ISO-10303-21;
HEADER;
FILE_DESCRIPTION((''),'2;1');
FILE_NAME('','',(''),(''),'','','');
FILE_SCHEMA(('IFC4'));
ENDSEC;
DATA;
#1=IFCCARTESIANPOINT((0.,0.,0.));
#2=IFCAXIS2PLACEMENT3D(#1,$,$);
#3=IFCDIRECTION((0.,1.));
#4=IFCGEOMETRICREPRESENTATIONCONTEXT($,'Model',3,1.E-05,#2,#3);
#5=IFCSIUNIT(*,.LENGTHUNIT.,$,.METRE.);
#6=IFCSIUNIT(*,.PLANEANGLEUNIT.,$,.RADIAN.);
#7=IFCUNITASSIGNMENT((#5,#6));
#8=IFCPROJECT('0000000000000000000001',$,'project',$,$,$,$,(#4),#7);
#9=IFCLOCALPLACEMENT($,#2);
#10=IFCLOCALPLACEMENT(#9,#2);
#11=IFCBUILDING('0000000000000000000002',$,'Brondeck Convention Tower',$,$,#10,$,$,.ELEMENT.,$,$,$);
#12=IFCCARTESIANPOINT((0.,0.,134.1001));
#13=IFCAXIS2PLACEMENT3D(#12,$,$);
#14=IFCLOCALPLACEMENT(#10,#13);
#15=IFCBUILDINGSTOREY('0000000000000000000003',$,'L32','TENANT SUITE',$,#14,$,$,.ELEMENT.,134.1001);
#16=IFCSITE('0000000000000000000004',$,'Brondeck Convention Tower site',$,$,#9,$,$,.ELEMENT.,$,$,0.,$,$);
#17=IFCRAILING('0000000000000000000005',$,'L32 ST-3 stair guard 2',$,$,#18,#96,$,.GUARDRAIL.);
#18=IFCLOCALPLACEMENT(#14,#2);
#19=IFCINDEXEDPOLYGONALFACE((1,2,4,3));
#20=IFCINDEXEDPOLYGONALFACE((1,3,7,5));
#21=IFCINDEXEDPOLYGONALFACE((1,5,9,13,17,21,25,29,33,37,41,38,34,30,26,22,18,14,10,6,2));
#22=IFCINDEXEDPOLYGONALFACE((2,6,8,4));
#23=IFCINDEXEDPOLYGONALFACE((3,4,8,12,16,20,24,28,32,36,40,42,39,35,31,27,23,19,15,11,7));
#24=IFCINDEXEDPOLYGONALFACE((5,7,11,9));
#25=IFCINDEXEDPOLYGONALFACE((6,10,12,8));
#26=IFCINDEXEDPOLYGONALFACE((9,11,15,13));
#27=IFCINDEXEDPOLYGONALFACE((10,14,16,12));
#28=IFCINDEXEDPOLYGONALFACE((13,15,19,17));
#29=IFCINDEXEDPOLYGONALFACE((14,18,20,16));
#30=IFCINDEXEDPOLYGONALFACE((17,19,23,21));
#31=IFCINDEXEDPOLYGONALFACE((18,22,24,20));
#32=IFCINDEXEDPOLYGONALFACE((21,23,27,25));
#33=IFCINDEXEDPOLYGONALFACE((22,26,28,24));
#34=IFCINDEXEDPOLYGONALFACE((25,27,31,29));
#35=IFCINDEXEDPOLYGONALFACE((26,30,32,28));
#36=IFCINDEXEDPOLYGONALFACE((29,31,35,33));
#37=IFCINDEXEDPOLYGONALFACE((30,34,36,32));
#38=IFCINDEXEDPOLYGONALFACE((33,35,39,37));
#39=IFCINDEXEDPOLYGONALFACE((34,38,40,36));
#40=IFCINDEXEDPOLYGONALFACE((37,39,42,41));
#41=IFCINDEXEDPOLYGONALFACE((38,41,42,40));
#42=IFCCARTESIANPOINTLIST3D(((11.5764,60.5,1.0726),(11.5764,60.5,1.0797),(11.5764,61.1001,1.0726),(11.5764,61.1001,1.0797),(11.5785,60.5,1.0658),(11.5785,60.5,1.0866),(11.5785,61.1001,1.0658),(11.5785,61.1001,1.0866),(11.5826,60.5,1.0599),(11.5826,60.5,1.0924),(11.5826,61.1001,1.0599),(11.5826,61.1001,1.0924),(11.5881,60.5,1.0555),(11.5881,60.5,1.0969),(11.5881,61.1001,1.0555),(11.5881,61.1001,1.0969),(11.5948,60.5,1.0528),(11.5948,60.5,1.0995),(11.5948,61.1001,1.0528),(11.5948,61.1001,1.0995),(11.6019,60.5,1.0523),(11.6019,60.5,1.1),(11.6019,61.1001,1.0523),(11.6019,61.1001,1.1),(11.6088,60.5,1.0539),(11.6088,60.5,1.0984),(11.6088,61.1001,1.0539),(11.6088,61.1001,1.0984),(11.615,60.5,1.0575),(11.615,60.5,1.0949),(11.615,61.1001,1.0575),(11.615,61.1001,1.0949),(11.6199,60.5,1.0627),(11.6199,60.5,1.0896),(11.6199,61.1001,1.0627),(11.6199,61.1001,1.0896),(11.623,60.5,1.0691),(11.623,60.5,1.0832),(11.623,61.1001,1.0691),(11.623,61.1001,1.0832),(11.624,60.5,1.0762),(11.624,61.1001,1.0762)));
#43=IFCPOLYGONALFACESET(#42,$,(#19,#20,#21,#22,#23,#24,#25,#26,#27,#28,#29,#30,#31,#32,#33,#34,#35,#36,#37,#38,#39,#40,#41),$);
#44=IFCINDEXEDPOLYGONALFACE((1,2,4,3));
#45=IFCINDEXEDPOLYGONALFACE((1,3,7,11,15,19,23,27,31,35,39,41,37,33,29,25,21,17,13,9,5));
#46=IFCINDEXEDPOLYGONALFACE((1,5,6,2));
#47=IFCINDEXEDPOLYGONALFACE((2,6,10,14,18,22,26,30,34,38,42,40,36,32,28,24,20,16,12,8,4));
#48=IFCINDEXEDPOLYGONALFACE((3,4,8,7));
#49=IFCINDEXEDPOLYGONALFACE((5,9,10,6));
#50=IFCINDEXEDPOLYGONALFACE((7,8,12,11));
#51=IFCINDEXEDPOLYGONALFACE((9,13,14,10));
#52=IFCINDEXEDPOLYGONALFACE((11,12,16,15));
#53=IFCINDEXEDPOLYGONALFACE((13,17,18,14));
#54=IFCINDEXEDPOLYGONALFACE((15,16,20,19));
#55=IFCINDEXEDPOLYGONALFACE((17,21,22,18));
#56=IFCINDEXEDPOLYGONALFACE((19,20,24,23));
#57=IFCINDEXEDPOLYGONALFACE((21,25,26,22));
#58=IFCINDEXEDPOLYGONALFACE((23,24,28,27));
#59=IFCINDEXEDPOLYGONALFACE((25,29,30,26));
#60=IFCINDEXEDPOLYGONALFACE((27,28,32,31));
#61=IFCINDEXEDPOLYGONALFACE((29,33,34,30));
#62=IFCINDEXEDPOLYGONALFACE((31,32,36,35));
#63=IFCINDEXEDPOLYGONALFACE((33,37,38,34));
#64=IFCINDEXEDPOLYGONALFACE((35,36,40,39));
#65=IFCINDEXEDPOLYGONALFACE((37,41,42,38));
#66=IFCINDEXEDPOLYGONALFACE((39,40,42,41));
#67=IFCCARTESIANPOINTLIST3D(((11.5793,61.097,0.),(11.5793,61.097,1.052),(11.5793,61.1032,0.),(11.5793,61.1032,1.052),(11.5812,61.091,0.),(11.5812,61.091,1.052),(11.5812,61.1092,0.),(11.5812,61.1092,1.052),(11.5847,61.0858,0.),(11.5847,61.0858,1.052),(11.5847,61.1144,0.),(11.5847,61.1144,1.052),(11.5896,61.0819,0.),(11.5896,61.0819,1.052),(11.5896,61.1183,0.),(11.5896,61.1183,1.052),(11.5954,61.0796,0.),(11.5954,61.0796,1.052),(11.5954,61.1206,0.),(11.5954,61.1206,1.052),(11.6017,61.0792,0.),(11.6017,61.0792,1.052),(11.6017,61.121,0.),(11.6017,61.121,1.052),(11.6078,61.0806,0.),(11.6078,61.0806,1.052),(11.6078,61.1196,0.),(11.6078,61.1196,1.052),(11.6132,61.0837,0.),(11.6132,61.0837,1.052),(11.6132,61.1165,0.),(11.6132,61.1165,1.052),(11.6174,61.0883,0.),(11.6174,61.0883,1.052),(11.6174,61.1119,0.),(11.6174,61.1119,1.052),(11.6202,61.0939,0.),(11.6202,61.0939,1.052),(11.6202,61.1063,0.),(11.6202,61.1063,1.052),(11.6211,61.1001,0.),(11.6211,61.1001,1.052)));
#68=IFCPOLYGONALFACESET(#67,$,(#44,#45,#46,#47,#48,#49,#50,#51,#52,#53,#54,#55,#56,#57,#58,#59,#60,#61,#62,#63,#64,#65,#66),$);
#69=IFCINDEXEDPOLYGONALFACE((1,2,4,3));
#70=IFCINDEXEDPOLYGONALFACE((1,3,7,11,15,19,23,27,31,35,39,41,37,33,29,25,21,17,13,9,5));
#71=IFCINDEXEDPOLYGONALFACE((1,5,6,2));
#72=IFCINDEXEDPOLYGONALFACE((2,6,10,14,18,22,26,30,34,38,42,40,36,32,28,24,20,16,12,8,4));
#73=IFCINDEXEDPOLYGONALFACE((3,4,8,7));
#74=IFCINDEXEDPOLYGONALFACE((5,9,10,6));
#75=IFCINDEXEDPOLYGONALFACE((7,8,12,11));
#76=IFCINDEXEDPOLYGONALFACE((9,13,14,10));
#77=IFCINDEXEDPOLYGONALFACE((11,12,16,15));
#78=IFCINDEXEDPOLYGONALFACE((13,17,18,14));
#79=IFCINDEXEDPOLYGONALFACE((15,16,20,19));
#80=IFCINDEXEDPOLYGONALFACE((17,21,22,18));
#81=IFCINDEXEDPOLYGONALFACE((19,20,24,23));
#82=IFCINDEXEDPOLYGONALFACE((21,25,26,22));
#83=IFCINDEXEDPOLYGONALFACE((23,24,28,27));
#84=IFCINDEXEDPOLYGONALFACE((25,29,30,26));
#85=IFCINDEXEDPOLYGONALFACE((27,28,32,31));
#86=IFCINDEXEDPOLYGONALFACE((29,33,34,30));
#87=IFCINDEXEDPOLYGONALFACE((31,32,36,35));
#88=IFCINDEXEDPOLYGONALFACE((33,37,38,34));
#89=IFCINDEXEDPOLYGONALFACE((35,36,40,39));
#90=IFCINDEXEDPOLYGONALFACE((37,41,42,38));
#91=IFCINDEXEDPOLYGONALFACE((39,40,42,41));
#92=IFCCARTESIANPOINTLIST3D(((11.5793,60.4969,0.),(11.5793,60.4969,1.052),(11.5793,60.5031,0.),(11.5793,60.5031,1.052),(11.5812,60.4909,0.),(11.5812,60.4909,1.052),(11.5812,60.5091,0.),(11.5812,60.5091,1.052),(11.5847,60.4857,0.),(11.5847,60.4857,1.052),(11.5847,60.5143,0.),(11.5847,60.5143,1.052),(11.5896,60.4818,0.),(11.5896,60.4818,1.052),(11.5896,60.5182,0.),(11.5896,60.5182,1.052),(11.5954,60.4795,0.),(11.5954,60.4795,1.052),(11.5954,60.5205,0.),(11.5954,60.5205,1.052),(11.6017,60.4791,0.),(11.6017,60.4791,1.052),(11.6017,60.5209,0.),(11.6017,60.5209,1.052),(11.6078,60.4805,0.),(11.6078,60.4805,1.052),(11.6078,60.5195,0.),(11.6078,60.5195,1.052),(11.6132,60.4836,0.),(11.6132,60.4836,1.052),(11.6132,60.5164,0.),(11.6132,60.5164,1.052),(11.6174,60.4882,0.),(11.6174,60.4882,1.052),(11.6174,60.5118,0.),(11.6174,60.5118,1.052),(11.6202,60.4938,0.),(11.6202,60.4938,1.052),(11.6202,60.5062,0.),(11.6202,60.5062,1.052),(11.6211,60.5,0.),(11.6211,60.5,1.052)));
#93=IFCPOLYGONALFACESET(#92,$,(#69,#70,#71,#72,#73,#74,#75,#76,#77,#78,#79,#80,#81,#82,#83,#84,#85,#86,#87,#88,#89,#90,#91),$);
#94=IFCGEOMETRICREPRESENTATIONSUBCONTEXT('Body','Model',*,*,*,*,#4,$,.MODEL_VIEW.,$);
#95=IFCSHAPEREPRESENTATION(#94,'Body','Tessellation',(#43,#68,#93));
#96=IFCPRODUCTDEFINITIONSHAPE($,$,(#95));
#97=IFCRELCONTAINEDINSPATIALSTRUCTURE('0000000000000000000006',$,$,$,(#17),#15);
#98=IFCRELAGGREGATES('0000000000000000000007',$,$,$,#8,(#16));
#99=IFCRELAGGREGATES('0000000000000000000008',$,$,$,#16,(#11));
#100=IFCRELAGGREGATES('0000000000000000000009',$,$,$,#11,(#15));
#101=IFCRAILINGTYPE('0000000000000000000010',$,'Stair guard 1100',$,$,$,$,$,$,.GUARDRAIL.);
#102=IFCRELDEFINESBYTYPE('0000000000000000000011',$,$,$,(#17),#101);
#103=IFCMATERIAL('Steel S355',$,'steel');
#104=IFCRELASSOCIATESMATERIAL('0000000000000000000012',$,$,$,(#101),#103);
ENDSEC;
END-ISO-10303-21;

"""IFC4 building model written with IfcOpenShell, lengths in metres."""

from ifc_helpers import new_model, si_unit, direction, frame, origin, origin_2d, place, context, subcontext, project, spatial, circle, extrude, material, type_object, element, save


model = new_model("IFC4")

# Units and contexts
model_context = context("Model", 3, precision=1e-05, world=origin(), true_north=direction((0.0, 1.0)))
body_context = subcontext(model_context, "Body", "Model", "MODEL_VIEW")
ifc_project = project(units=[si_unit("LENGTHUNIT", "METRE"), si_unit("PLANEANGLEUNIT", "RADIAN")], contexts=[model_context])

# Site, building, storey
site_placement = place(None, origin())
site = spatial("IfcSite", under=ifc_project, at=site_placement, Name="Brondeck Convention Tower site", CompositionType="ELEMENT", RefElevation=0.0)
building_placement = place(site_placement, origin())
building = spatial("IfcBuilding", under=site, at=building_placement, Name="Brondeck Convention Tower", CompositionType="ELEMENT")
storey_placement = place(building_placement, frame((0.0, 0.0, 134.1001)))
storey = spatial("IfcBuildingStorey", under=building, at=storey_placement, Name="L32", Description="TENANT SUITE", CompositionType="ELEMENT", Elevation=134.1001)

# Railing
ifc_material_1 = material(Name="Steel S355", Category="steel")
railing_type_1 = type_object("IfcRailingType", Name="Stair guard 1100", PredefinedType="GUARDRAIL", material=ifc_material_1)
railing_1_placement = place(storey_placement, frame((11.6001, 61.1001, 0.0)))
element("IfcRailing", 1, at=railing_1_placement, inside=storey, type_object=railing_type_1, Name="L32 ST-3 stair guard 2", PredefinedType="GUARDRAIL", context=body_context, shape_type="SweptSolid", body=[
    extrude(circle(Radius=0.0239, at=origin_2d()), frame((0.0, 0.0, 1.0762), z_axis=(0.0, -1.0, 0.0), x_axis=(1.0, 0.0, 0.0)), (0.0, 0.0, 1.0), 0.6001),
    extrude(circle(Radius=0.021, at=origin_2d()), origin(), (0.0, 0.0, 1.0), 1.052),
    extrude(circle(Radius=0.021, at=origin_2d()), frame((0.0, -0.6001, 0.0)), (0.0, 0.0, 1.0), 1.052),
])

save(model, "model.ifc")
